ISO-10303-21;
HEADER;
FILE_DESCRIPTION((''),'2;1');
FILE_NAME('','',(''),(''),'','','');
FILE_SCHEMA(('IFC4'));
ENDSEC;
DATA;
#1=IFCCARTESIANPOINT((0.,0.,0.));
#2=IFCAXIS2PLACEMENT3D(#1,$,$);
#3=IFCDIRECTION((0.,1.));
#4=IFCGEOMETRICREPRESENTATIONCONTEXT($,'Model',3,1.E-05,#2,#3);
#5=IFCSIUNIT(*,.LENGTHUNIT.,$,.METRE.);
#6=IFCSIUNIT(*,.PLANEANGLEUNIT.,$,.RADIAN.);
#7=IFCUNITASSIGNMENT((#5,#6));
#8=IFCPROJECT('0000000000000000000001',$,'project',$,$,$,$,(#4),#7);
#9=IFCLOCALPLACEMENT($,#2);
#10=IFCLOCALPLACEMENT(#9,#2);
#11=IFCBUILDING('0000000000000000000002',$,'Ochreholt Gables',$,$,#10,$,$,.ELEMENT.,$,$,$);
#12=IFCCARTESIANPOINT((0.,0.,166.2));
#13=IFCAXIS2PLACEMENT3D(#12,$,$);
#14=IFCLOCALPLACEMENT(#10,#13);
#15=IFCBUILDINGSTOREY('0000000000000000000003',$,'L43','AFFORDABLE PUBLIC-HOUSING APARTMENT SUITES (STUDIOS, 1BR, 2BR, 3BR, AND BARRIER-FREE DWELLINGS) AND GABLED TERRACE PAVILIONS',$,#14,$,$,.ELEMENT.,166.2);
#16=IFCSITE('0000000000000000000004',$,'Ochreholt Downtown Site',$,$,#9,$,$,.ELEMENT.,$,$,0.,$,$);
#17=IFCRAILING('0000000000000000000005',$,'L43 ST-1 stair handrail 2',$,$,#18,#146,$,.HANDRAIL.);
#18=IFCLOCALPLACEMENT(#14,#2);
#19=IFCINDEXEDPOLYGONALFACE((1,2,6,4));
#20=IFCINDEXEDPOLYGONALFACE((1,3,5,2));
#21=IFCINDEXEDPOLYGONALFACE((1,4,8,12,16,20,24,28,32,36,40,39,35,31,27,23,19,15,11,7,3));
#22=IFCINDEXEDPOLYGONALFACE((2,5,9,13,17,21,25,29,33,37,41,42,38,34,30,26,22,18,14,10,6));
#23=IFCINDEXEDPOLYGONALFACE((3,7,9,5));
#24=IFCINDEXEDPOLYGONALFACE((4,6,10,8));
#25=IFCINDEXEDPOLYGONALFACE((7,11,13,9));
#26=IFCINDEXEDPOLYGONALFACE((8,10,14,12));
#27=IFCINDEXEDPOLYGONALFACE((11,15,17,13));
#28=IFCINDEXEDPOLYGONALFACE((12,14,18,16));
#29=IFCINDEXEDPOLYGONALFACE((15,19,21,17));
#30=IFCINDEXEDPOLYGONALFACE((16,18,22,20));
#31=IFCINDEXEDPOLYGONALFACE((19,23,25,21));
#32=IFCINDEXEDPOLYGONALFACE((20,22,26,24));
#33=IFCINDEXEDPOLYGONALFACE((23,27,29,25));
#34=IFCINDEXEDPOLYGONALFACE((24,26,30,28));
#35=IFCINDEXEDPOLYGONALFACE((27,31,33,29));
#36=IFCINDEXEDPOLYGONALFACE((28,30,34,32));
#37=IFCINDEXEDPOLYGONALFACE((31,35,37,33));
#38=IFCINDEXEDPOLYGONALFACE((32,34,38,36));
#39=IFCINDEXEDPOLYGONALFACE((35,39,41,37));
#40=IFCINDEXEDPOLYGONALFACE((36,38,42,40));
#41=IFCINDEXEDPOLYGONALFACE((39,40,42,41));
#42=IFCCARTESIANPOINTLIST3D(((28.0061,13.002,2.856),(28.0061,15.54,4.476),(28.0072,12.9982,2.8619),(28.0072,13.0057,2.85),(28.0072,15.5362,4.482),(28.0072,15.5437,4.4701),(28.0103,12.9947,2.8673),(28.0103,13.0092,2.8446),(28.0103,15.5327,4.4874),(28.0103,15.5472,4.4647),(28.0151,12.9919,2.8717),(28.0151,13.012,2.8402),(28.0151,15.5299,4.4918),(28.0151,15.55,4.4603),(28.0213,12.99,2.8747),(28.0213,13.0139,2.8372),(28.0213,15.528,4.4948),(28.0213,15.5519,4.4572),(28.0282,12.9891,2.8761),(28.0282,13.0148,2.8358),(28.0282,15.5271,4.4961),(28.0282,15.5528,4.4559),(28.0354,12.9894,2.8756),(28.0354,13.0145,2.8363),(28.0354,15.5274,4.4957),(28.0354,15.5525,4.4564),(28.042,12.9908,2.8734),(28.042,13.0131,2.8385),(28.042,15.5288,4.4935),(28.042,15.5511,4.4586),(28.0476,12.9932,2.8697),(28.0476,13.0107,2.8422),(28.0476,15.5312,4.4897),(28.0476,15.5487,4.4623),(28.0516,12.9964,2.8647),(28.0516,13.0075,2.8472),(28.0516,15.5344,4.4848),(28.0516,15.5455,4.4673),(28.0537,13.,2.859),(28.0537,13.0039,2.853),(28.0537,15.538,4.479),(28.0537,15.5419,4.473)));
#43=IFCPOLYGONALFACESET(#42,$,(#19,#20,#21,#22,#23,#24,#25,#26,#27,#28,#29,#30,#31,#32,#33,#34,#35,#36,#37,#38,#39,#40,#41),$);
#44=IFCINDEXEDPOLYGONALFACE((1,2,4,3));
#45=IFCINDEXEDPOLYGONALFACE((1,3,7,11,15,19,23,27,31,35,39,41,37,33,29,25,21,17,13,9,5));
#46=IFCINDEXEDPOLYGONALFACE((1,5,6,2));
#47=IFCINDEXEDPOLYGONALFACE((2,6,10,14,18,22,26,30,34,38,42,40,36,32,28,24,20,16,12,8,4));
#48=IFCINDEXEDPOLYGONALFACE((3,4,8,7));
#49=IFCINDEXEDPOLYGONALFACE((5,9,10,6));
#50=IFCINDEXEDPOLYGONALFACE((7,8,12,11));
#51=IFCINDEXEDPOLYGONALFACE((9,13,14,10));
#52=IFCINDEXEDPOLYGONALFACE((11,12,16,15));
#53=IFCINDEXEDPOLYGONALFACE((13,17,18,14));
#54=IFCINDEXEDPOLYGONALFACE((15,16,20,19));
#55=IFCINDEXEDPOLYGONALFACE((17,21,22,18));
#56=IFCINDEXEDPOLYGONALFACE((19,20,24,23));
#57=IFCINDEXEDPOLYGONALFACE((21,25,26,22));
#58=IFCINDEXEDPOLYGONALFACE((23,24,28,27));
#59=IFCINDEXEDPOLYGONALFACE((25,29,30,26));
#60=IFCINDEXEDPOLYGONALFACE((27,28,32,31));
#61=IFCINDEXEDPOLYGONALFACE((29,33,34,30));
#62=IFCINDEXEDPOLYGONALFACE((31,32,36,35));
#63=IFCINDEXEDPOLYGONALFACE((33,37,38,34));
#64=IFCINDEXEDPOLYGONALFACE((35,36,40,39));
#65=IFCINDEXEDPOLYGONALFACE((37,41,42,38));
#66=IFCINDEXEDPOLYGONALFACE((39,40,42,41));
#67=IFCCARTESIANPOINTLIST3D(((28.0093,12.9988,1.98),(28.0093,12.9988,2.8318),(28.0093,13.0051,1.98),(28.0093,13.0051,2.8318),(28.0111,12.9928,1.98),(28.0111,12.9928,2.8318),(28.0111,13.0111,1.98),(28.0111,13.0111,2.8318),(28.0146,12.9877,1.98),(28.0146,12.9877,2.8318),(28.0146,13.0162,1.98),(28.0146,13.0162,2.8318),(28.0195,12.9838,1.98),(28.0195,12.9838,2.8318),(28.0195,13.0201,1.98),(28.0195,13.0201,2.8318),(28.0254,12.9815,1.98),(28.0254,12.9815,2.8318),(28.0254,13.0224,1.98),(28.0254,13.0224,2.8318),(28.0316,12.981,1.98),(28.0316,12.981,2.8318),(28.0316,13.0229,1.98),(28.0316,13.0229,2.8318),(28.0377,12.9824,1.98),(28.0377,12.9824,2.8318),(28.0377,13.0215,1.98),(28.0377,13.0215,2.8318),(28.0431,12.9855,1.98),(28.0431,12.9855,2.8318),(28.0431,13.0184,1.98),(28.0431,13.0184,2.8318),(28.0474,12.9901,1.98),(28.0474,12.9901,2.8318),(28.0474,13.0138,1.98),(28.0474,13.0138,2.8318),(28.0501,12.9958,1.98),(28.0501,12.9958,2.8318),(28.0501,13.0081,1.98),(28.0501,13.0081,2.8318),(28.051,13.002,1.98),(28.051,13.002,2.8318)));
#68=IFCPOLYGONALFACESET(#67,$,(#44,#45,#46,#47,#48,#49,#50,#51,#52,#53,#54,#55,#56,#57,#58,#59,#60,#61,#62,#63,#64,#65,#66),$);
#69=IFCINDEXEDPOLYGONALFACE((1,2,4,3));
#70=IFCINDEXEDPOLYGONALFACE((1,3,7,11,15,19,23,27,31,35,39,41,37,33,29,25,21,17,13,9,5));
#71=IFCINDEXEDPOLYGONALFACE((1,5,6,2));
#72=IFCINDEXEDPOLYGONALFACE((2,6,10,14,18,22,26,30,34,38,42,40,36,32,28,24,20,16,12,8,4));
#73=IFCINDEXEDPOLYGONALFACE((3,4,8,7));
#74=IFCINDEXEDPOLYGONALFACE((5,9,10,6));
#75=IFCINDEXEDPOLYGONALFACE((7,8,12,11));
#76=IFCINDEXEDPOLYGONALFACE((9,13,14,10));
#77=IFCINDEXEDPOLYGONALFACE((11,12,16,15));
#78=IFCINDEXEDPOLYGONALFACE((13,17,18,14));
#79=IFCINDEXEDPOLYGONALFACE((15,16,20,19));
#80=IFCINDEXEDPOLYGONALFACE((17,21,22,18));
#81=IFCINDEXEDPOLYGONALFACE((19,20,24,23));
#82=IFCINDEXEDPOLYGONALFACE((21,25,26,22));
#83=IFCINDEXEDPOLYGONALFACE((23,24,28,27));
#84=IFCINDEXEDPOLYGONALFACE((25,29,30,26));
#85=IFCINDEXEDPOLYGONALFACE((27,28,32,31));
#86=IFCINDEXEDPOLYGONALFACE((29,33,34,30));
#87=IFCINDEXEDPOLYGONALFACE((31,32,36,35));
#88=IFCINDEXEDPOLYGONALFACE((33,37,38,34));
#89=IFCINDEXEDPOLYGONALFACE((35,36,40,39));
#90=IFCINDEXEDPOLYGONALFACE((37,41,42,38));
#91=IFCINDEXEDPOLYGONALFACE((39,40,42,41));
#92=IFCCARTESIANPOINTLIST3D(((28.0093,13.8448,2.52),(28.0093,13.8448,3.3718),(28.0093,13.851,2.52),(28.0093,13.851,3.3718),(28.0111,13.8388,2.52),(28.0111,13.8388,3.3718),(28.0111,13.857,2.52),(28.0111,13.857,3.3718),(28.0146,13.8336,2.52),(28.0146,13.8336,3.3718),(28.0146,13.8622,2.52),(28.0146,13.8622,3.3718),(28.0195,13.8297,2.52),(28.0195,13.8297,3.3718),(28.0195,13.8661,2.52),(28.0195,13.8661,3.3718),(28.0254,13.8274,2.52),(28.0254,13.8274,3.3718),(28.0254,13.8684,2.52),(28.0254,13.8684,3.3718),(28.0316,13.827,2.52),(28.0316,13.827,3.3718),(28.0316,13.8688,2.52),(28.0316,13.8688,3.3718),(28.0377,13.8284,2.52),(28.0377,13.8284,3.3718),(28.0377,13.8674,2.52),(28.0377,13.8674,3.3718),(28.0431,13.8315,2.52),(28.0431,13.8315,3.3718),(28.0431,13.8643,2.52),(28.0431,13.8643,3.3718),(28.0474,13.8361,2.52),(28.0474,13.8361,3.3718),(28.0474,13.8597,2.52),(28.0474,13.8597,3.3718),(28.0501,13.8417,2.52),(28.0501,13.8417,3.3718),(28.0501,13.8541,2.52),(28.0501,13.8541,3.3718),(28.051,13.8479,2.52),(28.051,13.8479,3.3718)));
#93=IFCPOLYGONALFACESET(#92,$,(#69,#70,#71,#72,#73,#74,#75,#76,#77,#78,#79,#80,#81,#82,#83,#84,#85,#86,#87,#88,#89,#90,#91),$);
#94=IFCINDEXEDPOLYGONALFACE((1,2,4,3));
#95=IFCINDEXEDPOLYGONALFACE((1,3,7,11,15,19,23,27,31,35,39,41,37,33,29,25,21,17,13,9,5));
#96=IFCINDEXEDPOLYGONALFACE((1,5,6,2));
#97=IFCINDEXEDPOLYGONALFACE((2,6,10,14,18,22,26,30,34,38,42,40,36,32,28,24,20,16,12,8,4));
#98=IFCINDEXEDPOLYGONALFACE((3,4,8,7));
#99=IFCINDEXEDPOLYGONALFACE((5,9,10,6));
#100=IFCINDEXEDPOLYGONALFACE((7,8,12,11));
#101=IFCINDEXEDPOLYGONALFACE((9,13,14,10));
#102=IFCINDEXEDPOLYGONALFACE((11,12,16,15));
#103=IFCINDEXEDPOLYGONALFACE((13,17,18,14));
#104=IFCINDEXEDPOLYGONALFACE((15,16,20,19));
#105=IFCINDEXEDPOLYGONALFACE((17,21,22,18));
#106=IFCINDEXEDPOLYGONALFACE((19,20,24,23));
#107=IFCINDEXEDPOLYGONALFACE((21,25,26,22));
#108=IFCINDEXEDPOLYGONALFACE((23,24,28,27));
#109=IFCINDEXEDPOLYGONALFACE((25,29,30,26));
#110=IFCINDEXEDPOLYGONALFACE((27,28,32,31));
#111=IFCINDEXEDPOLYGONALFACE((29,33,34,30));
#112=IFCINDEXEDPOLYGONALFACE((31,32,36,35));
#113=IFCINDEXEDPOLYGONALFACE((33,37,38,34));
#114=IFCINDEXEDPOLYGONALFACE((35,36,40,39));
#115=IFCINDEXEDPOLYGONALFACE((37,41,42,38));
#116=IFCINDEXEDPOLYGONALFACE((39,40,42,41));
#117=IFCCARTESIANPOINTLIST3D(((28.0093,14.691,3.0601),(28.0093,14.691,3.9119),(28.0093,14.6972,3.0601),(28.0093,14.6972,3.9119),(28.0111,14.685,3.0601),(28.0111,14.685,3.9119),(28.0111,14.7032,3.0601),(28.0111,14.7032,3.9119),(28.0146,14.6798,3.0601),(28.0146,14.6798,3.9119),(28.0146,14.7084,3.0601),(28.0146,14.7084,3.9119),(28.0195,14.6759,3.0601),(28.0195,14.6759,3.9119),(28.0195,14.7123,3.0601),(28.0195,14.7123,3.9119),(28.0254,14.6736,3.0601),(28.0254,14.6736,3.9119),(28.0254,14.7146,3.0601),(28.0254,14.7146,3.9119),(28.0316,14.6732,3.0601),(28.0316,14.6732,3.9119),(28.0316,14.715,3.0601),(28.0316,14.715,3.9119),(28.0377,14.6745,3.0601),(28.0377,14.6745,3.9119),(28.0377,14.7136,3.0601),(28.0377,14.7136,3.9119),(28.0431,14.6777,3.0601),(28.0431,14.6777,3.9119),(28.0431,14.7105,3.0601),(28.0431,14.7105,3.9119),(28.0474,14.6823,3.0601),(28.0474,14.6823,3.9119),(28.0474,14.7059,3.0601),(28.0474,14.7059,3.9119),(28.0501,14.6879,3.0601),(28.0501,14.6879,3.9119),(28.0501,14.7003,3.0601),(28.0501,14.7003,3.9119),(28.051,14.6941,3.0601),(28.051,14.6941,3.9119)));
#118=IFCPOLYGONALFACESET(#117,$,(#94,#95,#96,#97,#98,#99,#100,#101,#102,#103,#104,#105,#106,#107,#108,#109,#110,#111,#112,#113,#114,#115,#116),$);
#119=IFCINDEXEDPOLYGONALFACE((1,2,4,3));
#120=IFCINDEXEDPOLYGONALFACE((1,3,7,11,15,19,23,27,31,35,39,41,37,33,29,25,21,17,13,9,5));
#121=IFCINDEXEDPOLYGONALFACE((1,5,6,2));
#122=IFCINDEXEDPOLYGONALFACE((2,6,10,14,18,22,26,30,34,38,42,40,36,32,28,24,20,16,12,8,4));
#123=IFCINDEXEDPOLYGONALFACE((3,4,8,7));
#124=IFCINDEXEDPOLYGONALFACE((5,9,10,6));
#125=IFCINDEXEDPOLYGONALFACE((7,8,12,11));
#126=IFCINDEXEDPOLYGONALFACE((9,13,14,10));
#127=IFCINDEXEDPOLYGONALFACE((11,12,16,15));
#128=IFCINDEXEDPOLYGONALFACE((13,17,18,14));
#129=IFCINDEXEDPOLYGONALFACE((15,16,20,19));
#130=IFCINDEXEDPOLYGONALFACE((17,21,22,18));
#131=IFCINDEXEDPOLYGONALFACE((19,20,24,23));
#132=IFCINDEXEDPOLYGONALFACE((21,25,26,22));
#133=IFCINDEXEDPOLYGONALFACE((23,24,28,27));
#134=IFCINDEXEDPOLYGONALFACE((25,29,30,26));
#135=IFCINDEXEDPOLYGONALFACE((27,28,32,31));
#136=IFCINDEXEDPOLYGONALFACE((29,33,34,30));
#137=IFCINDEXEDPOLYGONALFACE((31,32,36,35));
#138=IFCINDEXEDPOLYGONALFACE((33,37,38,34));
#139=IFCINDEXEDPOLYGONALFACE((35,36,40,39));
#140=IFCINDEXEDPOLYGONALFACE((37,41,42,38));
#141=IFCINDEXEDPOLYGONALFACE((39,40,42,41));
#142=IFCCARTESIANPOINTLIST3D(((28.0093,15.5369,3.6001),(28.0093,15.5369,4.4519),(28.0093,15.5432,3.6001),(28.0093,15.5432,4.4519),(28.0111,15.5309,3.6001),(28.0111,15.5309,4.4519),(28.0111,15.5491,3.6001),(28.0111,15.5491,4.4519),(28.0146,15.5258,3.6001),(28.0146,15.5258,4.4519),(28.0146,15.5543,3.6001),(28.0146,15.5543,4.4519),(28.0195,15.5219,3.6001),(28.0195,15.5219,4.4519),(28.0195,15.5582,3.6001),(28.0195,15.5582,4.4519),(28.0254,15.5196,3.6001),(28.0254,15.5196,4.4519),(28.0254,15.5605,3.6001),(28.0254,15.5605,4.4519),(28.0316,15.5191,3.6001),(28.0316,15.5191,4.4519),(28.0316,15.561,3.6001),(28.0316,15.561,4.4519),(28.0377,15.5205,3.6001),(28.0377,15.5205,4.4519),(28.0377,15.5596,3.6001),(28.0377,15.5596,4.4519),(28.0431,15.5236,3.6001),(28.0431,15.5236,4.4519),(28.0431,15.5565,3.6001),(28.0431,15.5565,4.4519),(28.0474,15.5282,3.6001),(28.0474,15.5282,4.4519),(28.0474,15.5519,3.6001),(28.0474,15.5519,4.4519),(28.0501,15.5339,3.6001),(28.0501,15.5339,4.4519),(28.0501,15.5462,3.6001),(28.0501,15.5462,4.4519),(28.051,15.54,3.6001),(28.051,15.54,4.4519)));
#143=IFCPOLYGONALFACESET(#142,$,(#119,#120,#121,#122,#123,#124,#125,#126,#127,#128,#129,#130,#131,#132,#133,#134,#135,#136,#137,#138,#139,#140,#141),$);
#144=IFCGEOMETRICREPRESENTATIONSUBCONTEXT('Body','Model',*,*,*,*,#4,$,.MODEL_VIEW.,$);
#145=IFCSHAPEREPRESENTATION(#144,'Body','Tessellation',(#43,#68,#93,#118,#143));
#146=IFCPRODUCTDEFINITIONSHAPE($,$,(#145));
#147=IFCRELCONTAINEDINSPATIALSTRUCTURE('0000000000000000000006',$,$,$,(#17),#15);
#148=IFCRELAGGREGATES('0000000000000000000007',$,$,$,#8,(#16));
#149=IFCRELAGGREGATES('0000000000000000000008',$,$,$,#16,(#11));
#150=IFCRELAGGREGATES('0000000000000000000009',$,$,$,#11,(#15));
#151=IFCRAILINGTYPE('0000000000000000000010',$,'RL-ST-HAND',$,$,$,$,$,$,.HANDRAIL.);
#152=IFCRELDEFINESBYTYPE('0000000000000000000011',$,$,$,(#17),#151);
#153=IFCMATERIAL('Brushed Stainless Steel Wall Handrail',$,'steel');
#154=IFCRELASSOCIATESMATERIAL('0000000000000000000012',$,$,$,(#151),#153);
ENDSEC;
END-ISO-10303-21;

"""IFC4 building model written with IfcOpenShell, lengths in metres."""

from ifc_helpers import new_model, si_unit, direction, frame, origin, origin_2d, place, context, subcontext, project, spatial, circle, extrude, material, type_object, element, save


model = new_model("IFC4")

# Units and contexts
model_context = context("Model", 3, precision=1e-05, world=origin(), true_north=direction((0.0, 1.0)))
body_context = subcontext(model_context, "Body", "Model", "MODEL_VIEW")
ifc_project = project(units=[si_unit("LENGTHUNIT", "METRE"), si_unit("PLANEANGLEUNIT", "RADIAN")], contexts=[model_context])

# Site, building, storey
site_placement = place(None, origin())
site = spatial("IfcSite", under=ifc_project, at=site_placement, Name="Ochreholt Downtown Site", CompositionType="ELEMENT", RefElevation=0.0)
building_placement = place(site_placement, origin())
building = spatial("IfcBuilding", under=site, at=building_placement, Name="Ochreholt Gables", CompositionType="ELEMENT")
storey_placement = place(building_placement, frame((0.0, 0.0, 166.2)))
storey = spatial("IfcBuildingStorey", under=building, at=storey_placement, Name="L43", Description="AFFORDABLE PUBLIC-HOUSING APARTMENT SUITES (STUDIOS, 1BR, 2BR, 3BR, AND BARRIER-FREE DWELLINGS) AND GABLED TERRACE PAVILIONS", CompositionType="ELEMENT", Elevation=166.2)

# Railing
ifc_material_1 = material(Name="Brushed Stainless Steel Wall Handrail", Category="steel")
railing_type_1 = type_object("IfcRailingType", Name="RL-ST-HAND", PredefinedType="HANDRAIL", material=ifc_material_1)
railing_1_placement = place(storey_placement, frame((28.03, 13.002, 1.98)))
element("IfcRailing", 1, at=railing_1_placement, inside=storey, type_object=railing_type_1, Name="L43 ST-1 stair handrail 2", PredefinedType="HANDRAIL", context=body_context, shape_type="SweptSolid", body=[
    extrude(circle(Radius=0.0239, at=origin_2d()), frame((0.0, 0.0, 0.876), z_axis=(0.0, 0.842913, 0.53805), x_axis=(-1.0, 0.0, 0.0)), (0.0, 0.0, 1.0), 3.011),
    extrude(circle(Radius=0.021, at=origin_2d()), origin(), (0.0, 0.0, 1.0), 0.8518),
    extrude(circle(Radius=0.021, at=origin_2d()), frame((0.0, 0.8459, 0.54)), (0.0, 0.0, 1.0), 0.8518),
    extrude(circle(Radius=0.021, at=origin_2d()), frame((0.0, 1.6921, 1.0801)), (0.0, 0.0, 1.0), 0.8518),
    extrude(circle(Radius=0.021, at=origin_2d()), frame((0.0, 2.5381, 1.6201)), (0.0, 0.0, 1.0), 0.8518),
])

save(model, "model.ifc")
